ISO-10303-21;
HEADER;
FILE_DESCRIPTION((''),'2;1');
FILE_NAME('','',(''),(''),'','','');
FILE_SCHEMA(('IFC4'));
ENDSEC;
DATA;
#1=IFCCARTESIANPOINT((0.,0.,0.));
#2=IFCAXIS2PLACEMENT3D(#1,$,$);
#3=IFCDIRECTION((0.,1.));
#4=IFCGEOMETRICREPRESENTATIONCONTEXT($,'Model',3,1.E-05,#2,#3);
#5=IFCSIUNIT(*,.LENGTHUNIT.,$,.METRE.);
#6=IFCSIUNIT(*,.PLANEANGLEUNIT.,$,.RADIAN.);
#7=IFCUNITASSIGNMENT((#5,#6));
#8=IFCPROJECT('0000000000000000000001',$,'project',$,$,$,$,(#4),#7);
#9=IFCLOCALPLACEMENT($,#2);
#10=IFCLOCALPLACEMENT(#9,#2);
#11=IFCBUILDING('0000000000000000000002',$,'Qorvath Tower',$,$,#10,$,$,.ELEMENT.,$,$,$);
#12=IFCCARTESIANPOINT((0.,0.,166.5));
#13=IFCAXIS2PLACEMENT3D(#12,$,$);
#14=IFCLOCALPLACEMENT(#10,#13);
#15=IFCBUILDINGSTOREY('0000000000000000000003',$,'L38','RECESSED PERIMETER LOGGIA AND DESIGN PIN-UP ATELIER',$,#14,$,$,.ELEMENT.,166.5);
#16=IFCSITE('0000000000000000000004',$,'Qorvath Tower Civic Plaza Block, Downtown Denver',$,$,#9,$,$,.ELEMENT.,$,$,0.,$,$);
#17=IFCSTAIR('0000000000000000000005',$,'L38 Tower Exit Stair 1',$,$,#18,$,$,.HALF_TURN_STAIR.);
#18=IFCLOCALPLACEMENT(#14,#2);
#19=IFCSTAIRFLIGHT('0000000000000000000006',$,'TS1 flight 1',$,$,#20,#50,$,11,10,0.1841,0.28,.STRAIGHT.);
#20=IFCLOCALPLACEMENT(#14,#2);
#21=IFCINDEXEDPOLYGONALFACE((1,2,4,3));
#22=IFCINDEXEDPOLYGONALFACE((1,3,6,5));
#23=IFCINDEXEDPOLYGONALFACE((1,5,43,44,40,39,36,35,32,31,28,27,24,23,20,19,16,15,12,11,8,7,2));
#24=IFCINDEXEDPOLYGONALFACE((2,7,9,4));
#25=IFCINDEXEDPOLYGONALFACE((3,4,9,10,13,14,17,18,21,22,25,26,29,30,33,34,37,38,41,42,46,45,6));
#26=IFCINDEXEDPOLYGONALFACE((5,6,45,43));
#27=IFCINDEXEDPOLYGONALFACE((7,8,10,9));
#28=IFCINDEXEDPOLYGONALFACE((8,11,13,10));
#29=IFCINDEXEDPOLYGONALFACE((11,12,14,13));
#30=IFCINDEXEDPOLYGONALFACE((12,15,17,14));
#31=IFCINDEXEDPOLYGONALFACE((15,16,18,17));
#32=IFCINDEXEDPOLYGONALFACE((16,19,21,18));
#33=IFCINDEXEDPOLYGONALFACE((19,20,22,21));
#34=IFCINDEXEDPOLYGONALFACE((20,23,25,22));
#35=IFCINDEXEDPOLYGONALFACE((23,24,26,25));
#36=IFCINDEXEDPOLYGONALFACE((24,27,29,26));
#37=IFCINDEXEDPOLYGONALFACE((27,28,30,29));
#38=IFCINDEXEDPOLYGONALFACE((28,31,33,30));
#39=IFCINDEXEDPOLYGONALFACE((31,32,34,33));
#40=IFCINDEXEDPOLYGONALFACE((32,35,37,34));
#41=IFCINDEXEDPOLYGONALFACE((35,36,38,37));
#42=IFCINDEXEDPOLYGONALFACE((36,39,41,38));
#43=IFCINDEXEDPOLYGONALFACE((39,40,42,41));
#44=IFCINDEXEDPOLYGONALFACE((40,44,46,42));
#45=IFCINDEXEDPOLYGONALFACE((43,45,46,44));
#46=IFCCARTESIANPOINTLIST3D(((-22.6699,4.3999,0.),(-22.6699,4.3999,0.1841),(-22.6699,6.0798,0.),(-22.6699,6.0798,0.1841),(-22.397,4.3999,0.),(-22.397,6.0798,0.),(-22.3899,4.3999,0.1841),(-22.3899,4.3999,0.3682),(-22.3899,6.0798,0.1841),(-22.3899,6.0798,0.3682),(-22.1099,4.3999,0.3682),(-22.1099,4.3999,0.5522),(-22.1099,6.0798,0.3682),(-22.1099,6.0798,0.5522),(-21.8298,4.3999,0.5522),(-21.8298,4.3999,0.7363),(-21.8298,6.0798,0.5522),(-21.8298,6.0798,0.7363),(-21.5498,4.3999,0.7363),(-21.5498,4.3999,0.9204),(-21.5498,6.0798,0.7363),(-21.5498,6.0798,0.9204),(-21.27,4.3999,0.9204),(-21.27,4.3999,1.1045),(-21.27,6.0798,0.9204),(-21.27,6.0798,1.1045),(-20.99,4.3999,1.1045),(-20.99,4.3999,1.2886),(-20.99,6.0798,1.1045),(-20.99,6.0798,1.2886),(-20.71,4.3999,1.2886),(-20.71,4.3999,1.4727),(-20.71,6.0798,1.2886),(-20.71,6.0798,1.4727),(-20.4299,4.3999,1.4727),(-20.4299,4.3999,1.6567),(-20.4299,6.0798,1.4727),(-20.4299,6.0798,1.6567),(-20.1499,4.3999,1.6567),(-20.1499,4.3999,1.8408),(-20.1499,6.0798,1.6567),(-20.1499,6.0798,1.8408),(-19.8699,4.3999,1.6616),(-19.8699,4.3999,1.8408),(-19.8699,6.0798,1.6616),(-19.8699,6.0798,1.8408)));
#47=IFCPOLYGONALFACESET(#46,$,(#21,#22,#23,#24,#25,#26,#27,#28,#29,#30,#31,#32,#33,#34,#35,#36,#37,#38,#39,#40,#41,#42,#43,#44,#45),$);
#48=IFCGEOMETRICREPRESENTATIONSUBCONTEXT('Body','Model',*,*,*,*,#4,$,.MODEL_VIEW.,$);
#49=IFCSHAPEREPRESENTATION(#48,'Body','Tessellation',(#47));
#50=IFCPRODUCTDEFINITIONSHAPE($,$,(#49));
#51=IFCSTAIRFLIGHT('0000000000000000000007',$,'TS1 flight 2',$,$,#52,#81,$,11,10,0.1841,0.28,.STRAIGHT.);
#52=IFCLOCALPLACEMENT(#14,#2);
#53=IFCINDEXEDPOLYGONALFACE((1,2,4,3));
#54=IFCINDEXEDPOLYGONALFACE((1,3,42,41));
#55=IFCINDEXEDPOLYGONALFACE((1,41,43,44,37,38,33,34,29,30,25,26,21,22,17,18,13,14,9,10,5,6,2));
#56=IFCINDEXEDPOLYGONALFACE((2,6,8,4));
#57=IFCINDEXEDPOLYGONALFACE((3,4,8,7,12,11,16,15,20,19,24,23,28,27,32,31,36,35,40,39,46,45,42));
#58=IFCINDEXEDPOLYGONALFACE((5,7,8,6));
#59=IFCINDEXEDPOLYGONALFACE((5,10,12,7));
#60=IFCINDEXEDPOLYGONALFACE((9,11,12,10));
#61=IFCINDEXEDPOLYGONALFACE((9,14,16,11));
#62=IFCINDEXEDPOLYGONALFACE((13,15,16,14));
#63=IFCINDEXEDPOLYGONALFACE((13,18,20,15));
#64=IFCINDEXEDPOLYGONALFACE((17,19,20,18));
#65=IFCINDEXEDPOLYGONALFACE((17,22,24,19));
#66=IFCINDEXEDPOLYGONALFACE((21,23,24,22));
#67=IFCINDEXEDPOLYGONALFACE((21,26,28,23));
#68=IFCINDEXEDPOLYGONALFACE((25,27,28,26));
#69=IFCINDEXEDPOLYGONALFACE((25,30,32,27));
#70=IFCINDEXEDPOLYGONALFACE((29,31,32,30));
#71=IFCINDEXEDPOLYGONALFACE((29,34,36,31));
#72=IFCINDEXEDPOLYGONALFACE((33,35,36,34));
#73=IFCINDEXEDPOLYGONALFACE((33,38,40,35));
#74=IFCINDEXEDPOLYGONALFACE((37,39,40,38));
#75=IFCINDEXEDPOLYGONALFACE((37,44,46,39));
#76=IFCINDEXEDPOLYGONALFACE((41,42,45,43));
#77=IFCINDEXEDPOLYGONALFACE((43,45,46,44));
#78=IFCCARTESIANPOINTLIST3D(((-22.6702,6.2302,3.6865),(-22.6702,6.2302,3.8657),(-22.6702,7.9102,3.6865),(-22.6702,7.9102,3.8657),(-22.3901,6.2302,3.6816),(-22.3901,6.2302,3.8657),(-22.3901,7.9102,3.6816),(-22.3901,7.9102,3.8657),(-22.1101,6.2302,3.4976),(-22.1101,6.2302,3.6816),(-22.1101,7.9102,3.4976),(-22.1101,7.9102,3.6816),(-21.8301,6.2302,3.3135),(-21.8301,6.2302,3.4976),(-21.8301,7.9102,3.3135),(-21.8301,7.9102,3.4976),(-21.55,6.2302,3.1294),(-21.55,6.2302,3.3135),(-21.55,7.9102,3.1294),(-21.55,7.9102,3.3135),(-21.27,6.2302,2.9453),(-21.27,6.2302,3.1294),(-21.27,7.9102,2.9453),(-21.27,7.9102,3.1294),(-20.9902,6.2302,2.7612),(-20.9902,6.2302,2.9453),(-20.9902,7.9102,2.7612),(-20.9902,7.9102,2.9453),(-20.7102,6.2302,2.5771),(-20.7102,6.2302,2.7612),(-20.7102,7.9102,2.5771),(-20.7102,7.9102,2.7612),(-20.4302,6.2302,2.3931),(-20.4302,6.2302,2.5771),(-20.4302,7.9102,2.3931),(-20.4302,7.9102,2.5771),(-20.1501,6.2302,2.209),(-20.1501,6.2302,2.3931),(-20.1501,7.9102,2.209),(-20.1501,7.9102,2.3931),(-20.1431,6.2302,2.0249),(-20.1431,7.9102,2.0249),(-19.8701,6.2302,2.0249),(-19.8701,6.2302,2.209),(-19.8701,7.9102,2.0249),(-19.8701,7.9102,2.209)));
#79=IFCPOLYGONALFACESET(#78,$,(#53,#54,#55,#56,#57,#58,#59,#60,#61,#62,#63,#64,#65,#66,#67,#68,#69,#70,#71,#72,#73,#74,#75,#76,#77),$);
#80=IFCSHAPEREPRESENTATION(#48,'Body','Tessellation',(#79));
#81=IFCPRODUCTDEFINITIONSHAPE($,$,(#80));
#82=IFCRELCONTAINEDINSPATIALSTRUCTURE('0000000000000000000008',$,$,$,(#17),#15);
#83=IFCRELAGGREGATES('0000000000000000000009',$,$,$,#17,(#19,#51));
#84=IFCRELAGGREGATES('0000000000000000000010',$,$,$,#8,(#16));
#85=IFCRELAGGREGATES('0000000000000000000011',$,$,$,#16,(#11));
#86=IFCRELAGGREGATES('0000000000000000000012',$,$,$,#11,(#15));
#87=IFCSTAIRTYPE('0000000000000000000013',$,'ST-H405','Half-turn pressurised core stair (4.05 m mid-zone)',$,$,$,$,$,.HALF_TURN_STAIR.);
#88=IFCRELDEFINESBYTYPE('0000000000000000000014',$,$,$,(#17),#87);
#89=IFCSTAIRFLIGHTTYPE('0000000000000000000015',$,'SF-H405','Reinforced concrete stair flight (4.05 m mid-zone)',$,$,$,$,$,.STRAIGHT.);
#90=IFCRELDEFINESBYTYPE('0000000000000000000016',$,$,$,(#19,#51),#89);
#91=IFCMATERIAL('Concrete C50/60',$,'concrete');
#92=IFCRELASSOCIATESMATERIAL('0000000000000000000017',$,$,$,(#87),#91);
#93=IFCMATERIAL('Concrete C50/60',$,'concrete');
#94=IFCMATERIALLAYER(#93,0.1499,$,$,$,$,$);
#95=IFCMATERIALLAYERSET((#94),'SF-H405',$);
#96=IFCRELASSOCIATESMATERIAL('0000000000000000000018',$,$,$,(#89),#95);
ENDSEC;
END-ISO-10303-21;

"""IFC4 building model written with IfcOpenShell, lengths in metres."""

from ifc_helpers import new_model, si_unit, direction, frame, origin, place, context, subcontext, project, spatial, polyline, outline, extrude, material, layer, layer_set, type_object, element, aggregate, save


model = new_model("IFC4")

# Units and contexts
model_context = context("Model", 3, precision=1e-05, world=origin(), true_north=direction((0.0, 1.0)))
body_context = subcontext(model_context, "Body", "Model", "MODEL_VIEW")
ifc_project = project(units=[si_unit("LENGTHUNIT", "METRE"), si_unit("PLANEANGLEUNIT", "RADIAN")], contexts=[model_context])

# Site, building, storey
site_placement = place(None, origin())
site = spatial("IfcSite", under=ifc_project, at=site_placement, Name="Qorvath Tower Civic Plaza Block, Downtown Denver", CompositionType="ELEMENT", RefElevation=0.0)
building_placement = place(site_placement, origin())
building = spatial("IfcBuilding", under=site, at=building_placement, Name="Qorvath Tower", CompositionType="ELEMENT")
storey_placement = place(building_placement, frame((0.0, 0.0, 166.5)))
storey = spatial("IfcBuildingStorey", under=building, at=storey_placement, Name="L38", Description="RECESSED PERIMETER LOGGIA AND DESIGN PIN-UP ATELIER", CompositionType="ELEMENT", Elevation=166.5)

# Stair, stair flights
ifc_material_1 = material(Name="Concrete C50/60", Category="concrete")
stair_type = type_object("IfcStairType", Name="ST-H405", Description="Half-turn pressurised core stair (4.05 m mid-zone)", PredefinedType="HALF_TURN_STAIR", material=ifc_material_1)
stair_placement = place(storey_placement, origin())
stair = element("IfcStair", 1, at=stair_placement, inside=storey, type_object=stair_type, Name="L38 Tower Exit Stair 1", PredefinedType="HALF_TURN_STAIR")
ifc_material_2 = material(Name="Concrete C50/60", Category="concrete")
ifc_layer_1 = layer(ifc_material_2, 0.1499)
ifc_layer_set_1 = layer_set([ifc_layer_1], Name="SF-H405")
stair_flight_type = type_object("IfcStairFlightType", Name="SF-H405", Description="Reinforced concrete stair flight (4.05 m mid-zone)", PredefinedType="STRAIGHT", material=ifc_layer_set_1)
stair_flight_1_placement = place(storey_placement, frame((-22.6699, 5.24, 0.0), z_axis=(0.0, 0.0, 1.0), x_axis=(1.0, 0.0, 0.0)))
stair_flight_1 = element("IfcStairFlight", 2, at=stair_flight_1_placement, type_object=stair_flight_type, Name="TS1 flight 1", NumberOfRisers=11, NumberOfTreads=10, PredefinedType="STRAIGHT", RiserHeight=0.1841, TreadLength=0.28, context=body_context, shape_type="SweptSolid", body=[
    extrude(outline(polyline([(0.0, 0.0), (0.0, 0.1841), (0.28, 0.1841), (0.28, 0.3682), (0.5601, 0.3682), (0.5601, 0.5522), (0.8401, 0.5522), (0.8401, 0.7363), (1.1201, 0.7363), (1.1201, 0.9204), (1.3999, 0.9204), (1.3999, 1.1045), (1.6799, 1.1045), (1.6799, 1.2886), (1.96, 1.2886), (1.96, 1.4727), (2.24, 1.4727), (2.24, 1.6567), (2.52, 1.6567), (2.52, 1.8408), (2.8, 1.8408), (2.8, 2.0249), (2.8, 1.6616), (0.2729, 0.0), (0.0, 0.0)])), frame((0.0, 0.8398, 0.0), z_axis=(0.0, -1.0, 0.0), x_axis=(1.0, 0.0, 0.0)), (0.0, 0.0, 1.0), 1.6799),
])
stair_flight_2_placement = place(storey_placement, frame((-19.8701, 7.0701, 2.0249), z_axis=(0.0, 0.0, 1.0), x_axis=(-1.0, 0.0, 0.0)))
stair_flight_2 = element("IfcStairFlight", 3, at=stair_flight_2_placement, type_object=stair_flight_type, Name="TS1 flight 2", NumberOfRisers=11, NumberOfTreads=10, PredefinedType="STRAIGHT", RiserHeight=0.1841, TreadLength=0.28, context=body_context, shape_type="SweptSolid", body=[
    extrude(outline(polyline([(0.0, 0.0), (0.0, 0.1841), (0.28, 0.1841), (0.28, 0.3682), (0.5601, 0.3682), (0.5601, 0.5522), (0.8401, 0.5522), (0.8401, 0.7363), (1.1201, 0.7363), (1.1201, 0.9204), (1.3999, 0.9204), (1.3999, 1.1045), (1.6799, 1.1045), (1.6799, 1.2886), (1.96, 1.2886), (1.96, 1.4727), (2.24, 1.4727), (2.24, 1.6567), (2.52, 1.6567), (2.52, 1.8408), (2.8, 1.8408), (2.8, 2.0249), (2.8, 1.6616), (0.2729, 0.0), (0.0, 0.0)])), frame((0.0, 0.8398, 0.0), z_axis=(0.0, -1.0, 0.0), x_axis=(1.0, 0.0, 0.0)), (0.0, 0.0, 1.0), 1.6799),
])
aggregate(stair, [stair_flight_1, stair_flight_2])

save(model, "model.ifc")
